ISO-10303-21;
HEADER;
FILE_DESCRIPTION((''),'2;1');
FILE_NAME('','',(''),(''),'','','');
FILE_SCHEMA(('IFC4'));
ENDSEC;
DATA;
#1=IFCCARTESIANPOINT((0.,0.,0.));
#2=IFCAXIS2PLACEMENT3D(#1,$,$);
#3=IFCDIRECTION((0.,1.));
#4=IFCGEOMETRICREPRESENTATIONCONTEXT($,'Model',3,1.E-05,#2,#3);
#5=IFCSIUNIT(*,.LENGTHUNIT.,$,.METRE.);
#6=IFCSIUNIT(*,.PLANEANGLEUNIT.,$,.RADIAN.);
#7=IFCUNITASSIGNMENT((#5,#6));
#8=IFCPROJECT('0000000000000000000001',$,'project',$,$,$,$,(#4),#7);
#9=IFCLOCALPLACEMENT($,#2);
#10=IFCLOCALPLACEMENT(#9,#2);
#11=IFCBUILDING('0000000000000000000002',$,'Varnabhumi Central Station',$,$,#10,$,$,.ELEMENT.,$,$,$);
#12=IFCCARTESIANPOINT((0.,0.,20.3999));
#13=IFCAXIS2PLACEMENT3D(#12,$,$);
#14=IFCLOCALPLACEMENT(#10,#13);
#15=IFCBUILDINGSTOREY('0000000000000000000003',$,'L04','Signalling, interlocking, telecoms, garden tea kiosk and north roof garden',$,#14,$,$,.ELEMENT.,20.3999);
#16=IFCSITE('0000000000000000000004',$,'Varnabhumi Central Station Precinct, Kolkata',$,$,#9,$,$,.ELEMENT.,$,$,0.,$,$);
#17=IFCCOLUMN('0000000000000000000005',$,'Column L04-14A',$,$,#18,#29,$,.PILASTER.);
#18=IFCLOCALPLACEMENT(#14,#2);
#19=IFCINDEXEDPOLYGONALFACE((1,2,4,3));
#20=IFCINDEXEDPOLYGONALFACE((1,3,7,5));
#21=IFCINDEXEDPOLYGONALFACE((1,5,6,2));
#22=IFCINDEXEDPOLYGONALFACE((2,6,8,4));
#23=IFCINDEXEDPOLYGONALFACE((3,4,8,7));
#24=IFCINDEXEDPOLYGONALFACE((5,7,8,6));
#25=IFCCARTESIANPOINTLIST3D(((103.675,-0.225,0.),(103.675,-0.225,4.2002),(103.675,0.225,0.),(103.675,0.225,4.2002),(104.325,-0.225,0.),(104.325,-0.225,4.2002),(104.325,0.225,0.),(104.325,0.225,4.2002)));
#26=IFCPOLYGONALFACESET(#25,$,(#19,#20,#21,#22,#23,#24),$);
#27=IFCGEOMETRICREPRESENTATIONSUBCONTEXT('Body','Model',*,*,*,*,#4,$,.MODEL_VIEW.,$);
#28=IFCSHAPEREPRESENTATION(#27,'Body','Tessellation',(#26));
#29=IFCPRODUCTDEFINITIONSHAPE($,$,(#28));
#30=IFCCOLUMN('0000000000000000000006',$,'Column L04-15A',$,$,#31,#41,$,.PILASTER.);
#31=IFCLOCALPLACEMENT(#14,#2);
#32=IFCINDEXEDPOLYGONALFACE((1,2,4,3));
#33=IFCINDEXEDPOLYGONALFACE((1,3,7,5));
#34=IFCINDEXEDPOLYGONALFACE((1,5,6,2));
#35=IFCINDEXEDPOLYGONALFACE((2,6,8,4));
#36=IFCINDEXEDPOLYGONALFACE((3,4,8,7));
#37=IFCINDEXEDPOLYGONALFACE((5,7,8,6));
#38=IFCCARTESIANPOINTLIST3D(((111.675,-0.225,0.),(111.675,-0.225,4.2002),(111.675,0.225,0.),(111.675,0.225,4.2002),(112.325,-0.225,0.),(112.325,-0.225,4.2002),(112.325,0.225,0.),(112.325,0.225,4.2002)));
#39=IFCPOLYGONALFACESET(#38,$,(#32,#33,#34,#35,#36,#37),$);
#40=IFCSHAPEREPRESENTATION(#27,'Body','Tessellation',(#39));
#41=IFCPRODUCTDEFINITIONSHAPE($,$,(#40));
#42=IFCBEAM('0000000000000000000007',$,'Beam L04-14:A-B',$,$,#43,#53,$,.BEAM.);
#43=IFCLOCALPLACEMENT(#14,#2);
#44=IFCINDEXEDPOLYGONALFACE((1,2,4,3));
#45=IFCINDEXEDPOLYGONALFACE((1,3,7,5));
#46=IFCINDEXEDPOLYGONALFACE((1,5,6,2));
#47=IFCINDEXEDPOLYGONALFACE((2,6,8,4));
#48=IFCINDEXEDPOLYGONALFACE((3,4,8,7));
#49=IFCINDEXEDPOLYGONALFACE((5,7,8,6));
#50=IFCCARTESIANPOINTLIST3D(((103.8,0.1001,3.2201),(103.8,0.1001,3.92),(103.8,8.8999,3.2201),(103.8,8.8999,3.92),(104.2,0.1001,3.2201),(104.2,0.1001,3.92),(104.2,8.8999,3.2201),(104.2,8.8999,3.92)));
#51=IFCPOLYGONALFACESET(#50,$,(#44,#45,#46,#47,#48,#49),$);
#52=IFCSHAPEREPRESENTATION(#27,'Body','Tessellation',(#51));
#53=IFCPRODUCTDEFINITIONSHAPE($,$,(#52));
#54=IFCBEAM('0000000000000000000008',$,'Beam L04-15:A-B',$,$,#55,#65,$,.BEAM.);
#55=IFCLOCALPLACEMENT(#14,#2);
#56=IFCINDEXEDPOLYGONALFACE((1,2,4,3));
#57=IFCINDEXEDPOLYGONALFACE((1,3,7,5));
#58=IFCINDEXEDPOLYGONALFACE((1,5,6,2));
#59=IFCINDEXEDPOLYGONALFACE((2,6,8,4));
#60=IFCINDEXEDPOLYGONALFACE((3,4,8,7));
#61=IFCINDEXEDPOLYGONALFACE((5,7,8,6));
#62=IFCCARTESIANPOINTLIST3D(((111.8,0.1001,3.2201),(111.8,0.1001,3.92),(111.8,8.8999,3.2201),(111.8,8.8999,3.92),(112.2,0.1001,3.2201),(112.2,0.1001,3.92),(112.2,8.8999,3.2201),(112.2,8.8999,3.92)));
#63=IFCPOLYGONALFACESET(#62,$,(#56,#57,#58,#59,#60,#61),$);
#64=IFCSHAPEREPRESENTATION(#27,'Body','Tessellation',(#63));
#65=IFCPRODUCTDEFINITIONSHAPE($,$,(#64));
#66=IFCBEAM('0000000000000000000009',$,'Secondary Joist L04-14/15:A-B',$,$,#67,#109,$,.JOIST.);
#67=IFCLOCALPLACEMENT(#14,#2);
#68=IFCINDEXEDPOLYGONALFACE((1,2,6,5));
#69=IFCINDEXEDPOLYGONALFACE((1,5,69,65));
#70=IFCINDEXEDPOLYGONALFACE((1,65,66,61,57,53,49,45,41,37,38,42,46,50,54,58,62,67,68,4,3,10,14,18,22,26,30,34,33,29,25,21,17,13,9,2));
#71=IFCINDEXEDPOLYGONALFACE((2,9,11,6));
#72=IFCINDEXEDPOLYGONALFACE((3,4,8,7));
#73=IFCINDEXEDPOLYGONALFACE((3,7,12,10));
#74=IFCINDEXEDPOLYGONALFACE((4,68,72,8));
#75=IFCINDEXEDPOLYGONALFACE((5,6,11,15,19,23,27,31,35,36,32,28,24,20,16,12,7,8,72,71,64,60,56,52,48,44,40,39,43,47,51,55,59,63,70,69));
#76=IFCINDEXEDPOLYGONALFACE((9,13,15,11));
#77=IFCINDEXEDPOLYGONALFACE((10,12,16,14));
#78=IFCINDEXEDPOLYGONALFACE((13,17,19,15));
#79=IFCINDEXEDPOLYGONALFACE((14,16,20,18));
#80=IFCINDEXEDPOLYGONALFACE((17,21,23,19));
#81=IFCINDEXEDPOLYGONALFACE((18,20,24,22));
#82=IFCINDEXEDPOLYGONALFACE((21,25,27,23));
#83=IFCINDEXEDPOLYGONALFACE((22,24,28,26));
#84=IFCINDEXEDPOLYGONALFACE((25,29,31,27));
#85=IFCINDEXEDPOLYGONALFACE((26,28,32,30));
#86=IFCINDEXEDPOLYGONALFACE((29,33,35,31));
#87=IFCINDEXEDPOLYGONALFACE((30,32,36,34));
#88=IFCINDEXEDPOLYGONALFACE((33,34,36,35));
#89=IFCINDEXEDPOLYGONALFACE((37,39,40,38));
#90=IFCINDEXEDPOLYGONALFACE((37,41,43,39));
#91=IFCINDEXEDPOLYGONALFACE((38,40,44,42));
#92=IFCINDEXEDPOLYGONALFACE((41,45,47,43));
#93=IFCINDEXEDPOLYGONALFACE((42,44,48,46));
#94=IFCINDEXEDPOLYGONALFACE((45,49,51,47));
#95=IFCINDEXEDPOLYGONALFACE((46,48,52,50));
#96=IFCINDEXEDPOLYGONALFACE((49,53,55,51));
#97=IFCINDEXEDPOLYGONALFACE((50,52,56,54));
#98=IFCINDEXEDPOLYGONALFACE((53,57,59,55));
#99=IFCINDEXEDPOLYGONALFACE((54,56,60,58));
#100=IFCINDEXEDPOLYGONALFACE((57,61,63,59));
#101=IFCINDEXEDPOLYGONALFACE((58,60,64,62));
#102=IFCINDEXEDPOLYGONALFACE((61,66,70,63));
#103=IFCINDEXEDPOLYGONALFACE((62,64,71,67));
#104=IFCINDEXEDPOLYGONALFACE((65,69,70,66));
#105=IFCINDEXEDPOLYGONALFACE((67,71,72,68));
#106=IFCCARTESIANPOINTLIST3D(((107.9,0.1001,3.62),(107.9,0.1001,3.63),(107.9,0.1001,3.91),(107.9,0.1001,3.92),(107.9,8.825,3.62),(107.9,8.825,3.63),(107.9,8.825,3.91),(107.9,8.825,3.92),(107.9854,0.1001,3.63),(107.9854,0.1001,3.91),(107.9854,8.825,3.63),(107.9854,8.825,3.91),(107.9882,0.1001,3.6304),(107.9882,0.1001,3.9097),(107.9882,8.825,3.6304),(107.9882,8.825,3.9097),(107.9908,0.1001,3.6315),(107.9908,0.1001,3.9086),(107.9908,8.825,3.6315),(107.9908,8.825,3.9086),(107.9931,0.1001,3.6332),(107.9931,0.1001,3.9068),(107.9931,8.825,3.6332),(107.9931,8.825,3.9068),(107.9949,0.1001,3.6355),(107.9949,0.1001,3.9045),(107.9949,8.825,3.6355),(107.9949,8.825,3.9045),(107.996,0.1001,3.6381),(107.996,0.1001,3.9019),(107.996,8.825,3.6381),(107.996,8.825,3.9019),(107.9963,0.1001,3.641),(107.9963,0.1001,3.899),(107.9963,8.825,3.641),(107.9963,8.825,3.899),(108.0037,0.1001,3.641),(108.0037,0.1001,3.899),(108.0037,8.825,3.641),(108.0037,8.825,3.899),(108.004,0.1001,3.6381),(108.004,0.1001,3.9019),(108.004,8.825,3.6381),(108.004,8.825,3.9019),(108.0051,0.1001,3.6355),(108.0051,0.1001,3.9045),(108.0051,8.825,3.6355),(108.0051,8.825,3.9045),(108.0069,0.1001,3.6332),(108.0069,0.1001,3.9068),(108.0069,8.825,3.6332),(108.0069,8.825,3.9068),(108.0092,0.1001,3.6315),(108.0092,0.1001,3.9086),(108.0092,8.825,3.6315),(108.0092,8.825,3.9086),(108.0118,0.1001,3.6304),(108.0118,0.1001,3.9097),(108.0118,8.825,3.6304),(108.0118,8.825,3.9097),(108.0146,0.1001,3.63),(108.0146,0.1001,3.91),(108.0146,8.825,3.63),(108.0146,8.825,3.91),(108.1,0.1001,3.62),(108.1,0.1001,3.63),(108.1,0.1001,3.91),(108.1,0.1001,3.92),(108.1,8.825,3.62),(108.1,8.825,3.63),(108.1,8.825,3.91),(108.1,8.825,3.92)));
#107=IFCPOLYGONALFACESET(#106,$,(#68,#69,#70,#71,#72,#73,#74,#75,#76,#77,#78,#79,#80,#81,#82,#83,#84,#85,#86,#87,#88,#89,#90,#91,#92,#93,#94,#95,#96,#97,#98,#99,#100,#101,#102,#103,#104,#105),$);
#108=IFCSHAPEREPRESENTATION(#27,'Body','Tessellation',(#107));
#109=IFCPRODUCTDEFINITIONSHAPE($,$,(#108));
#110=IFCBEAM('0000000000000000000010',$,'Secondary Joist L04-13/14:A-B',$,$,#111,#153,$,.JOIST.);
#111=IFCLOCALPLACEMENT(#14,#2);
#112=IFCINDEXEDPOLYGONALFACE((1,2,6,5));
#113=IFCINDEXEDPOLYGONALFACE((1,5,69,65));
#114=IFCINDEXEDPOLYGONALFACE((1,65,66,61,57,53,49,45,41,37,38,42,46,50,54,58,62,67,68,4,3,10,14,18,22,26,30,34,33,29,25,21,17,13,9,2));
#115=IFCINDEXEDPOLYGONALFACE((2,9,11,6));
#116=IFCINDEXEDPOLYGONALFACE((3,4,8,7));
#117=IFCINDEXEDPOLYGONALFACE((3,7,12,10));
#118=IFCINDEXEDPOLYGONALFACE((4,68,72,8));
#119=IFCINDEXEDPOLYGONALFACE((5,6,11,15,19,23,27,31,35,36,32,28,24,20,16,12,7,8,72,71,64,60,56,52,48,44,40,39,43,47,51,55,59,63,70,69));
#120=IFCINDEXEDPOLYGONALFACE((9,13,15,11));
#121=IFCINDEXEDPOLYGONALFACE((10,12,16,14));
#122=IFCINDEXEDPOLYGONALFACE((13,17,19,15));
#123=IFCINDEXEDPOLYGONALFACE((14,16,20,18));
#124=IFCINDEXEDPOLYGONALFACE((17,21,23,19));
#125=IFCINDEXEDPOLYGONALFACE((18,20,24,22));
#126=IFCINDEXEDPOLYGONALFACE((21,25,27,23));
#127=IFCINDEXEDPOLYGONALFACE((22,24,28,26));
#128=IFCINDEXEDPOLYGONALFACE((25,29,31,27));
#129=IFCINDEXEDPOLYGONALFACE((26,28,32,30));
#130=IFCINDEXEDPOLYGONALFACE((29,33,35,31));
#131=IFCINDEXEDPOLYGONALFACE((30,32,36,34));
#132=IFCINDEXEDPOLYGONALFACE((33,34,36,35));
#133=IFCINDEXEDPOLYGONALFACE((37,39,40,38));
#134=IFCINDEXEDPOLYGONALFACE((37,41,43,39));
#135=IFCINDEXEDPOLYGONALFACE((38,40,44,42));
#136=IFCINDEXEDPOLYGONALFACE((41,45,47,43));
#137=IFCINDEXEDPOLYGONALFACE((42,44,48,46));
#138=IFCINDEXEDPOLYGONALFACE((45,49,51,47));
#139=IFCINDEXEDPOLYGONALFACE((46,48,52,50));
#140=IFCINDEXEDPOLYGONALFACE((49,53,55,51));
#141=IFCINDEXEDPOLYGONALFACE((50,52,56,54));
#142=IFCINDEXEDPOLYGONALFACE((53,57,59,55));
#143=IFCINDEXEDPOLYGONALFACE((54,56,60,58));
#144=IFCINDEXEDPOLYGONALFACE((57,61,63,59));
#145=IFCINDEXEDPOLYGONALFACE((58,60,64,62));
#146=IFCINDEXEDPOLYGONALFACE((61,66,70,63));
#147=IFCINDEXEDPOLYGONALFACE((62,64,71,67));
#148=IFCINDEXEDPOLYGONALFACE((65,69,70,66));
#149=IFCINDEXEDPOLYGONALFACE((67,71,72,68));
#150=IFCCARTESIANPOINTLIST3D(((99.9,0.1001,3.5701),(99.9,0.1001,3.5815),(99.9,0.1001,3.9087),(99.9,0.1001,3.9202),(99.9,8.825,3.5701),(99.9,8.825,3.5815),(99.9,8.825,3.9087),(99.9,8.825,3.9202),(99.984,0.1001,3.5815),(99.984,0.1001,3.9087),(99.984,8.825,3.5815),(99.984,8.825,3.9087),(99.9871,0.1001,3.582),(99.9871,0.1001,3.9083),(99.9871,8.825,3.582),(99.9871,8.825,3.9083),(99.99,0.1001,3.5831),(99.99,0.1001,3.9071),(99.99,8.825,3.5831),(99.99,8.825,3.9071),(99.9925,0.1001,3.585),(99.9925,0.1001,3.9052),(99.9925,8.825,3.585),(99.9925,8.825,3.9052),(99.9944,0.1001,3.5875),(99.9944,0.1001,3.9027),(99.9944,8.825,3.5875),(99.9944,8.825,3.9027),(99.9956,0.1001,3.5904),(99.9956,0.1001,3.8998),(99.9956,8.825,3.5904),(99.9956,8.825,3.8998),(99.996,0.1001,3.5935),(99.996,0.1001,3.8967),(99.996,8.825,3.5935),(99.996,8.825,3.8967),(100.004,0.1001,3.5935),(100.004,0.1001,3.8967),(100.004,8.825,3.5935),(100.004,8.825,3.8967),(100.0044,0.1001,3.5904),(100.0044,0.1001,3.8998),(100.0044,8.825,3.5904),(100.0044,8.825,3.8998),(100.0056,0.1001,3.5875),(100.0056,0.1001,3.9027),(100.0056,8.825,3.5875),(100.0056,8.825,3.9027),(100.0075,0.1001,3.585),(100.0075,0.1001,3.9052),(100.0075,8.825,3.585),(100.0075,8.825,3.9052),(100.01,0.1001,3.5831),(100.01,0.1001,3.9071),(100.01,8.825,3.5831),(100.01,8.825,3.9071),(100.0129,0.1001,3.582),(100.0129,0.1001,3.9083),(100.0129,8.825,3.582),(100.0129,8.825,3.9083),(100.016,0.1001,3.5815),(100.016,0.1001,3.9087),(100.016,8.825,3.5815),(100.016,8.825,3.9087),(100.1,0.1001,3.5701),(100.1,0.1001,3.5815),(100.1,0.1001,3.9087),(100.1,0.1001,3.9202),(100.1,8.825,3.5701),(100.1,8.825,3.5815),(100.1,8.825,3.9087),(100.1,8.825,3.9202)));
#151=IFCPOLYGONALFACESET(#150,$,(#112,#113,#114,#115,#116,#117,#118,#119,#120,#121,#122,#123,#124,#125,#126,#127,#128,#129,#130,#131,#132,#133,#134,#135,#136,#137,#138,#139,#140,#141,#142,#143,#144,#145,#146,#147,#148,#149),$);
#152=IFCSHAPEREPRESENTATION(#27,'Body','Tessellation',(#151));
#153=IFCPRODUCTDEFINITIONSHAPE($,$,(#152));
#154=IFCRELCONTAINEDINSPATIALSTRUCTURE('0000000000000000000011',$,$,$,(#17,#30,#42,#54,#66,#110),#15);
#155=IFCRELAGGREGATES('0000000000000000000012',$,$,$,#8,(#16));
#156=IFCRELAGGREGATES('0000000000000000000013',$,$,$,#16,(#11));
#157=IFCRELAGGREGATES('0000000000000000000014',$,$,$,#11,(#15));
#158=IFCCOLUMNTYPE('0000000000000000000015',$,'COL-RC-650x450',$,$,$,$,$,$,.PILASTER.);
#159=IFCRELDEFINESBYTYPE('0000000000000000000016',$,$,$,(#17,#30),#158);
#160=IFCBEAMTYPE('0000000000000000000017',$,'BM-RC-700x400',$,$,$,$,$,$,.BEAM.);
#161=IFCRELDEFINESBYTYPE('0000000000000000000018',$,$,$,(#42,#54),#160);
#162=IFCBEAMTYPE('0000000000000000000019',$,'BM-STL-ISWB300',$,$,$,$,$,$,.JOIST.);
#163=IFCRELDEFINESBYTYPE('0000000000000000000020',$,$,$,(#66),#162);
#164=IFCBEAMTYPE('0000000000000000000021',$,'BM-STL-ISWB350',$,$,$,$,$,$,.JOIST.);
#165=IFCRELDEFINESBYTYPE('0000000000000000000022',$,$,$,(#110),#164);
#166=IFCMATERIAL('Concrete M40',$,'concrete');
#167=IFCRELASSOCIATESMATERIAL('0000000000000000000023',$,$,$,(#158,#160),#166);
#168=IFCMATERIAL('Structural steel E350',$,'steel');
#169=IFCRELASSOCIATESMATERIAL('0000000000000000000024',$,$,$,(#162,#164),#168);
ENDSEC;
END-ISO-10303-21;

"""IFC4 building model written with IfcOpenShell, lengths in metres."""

from ifc_helpers import new_model, si_unit, direction, frame, origin, origin_2d, place, context, subcontext, project, spatial, rectangle, i_section, extrude, material, material_profile, profile_set, type_object, element, save


model = new_model("IFC4")

# Units and contexts
model_context = context("Model", 3, precision=1e-05, world=origin(), true_north=direction((0.0, 1.0)))
body_context = subcontext(model_context, "Body", "Model", "MODEL_VIEW")
ifc_project = project(units=[si_unit("LENGTHUNIT", "METRE"), si_unit("PLANEANGLEUNIT", "RADIAN")], contexts=[model_context])

# Site, building, storey
site_placement = place(None, origin())
site = spatial("IfcSite", under=ifc_project, at=site_placement, Name="Varnabhumi Central Station Precinct, Kolkata", CompositionType="ELEMENT", RefElevation=0.0)
building_placement = place(site_placement, origin())
building = spatial("IfcBuilding", under=site, at=building_placement, Name="Varnabhumi Central Station", CompositionType="ELEMENT")
storey_placement = place(building_placement, frame((0.0, 0.0, 20.3999)))
storey = spatial("IfcBuildingStorey", under=building, at=storey_placement, Name="L04", Description="Signalling, interlocking, telecoms, garden tea kiosk and north roof garden", CompositionType="ELEMENT", Elevation=20.3999)

# Columns
ifc_material_1 = material(Name="Concrete M40", Category="concrete")
ifc_material_profile_1 = material_profile(ifc_material_1, rectangle(XDim=0.6499, YDim=0.45, at=origin_2d()), Name="Concrete M40", Category="concrete")
ifc_profile_set_1 = profile_set([ifc_material_profile_1], Name="Concrete M40")
column_type = type_object("IfcColumnType", Name="COL-RC-650x450", PredefinedType="PILASTER", material=ifc_profile_set_1)
for number, where, z_axis, x_axis, name in (
    (1, (104.0, 0.0, 0.0), (0.0, 0.0, 1.0), (1.0, 0.0, 0.0), "Column L04-14A"),
    (2, (112.0, 0.0, 0.0), (0.0, 0.0, 1.0), (1.0, 0.0, 0.0), "Column L04-15A"),
):
    element("IfcColumn", number, at=place(storey_placement, frame(where, z_axis=z_axis, x_axis=x_axis)), inside=storey, type_object=column_type, Name=name, PredefinedType="PILASTER", context=body_context, shape_type="SweptSolid", body=[
        extrude(rectangle(XDim=0.6499, YDim=0.45, at=origin_2d()), origin(), (0.0, 0.0, 1.0), 4.2002),
    ])

# Beams
ifc_material_profile_2 = material_profile(ifc_material_1, rectangle(XDim=0.3999, YDim=0.7, at=origin_2d()), Name="Concrete M40", Category="concrete")
ifc_profile_set_2 = profile_set([ifc_material_profile_2], Name="Concrete M40")
beam_type_1 = type_object("IfcBeamType", Name="BM-RC-700x400", PredefinedType="BEAM", material=ifc_profile_set_2)
for number, where, z_axis, x_axis, name in (
    (3, (104.0, 0.1001, 3.5701), (0.0, 1.0, 0.0), (-1.0, 0.0, 0.0), "Beam L04-14:A-B"),
    (4, (112.0, 0.1001, 3.5701), (0.0, 1.0, 0.0), (-1.0, 0.0, 0.0), "Beam L04-15:A-B"),
):
    element("IfcBeam", number, at=place(storey_placement, frame(where, z_axis=z_axis, x_axis=x_axis)), inside=storey, type_object=beam_type_1, Name=name, PredefinedType="BEAM", context=body_context, shape_type="SweptSolid", body=[
        extrude(rectangle(XDim=0.3999, YDim=0.7, at=origin_2d()), origin(), (0.0, 0.0, 1.0), 8.7998),
    ])
ifc_material_2 = material(Name="Structural steel E350", Category="steel")
ifc_material_profile_3 = material_profile(ifc_material_2, i_section(OverallWidth=0.2, OverallDepth=0.3, WebThickness=0.0073, FlangeThickness=0.01, FilletRadius=0.011, at=origin_2d()), Name="Structural steel E350", Category="steel")
ifc_profile_set_3 = profile_set([ifc_material_profile_3], Name="Structural steel E350")
beam_type_2 = type_object("IfcBeamType", Name="BM-STL-ISWB300", PredefinedType="JOIST", material=ifc_profile_set_3)
beam_1_placement = place(storey_placement, frame((108.0, 0.1001, 3.77), z_axis=(0.0, 1.0, 0.0), x_axis=(-1.0, 0.0, 0.0)))
element("IfcBeam", 5, at=beam_1_placement, inside=storey, type_object=beam_type_2, Name="Secondary Joist L04-14/15:A-B", PredefinedType="JOIST", context=body_context, shape_type="SweptSolid", body=[
    extrude(i_section(OverallWidth=0.2, OverallDepth=0.3, WebThickness=0.0073, FlangeThickness=0.01, FilletRadius=0.011, at=origin_2d()), origin(), (0.0, 0.0, 1.0), 8.7249),
])
ifc_material_profile_4 = material_profile(ifc_material_2, i_section(OverallWidth=0.2, OverallDepth=0.3501, WebThickness=0.0081, FlangeThickness=0.0115, FilletRadius=0.012, at=origin_2d()), Name="Structural steel E350", Category="steel")
ifc_profile_set_4 = profile_set([ifc_material_profile_4], Name="Structural steel E350")
beam_type_3 = type_object("IfcBeamType", Name="BM-STL-ISWB350", PredefinedType="JOIST", material=ifc_profile_set_4)
beam_2_placement = place(storey_placement, frame((100.0, 0.1001, 3.7451), z_axis=(0.0, 1.0, 0.0), x_axis=(-1.0, 0.0, 0.0)))
element("IfcBeam", 6, at=beam_2_placement, inside=storey, type_object=beam_type_3, Name="Secondary Joist L04-13/14:A-B", PredefinedType="JOIST", context=body_context, shape_type="SweptSolid", body=[
    extrude(i_section(OverallWidth=0.2, OverallDepth=0.3501, WebThickness=0.0081, FlangeThickness=0.0115, FilletRadius=0.012, at=origin_2d()), origin(), (0.0, 0.0, 1.0), 8.7249),
])

save(model, "model.ifc")
